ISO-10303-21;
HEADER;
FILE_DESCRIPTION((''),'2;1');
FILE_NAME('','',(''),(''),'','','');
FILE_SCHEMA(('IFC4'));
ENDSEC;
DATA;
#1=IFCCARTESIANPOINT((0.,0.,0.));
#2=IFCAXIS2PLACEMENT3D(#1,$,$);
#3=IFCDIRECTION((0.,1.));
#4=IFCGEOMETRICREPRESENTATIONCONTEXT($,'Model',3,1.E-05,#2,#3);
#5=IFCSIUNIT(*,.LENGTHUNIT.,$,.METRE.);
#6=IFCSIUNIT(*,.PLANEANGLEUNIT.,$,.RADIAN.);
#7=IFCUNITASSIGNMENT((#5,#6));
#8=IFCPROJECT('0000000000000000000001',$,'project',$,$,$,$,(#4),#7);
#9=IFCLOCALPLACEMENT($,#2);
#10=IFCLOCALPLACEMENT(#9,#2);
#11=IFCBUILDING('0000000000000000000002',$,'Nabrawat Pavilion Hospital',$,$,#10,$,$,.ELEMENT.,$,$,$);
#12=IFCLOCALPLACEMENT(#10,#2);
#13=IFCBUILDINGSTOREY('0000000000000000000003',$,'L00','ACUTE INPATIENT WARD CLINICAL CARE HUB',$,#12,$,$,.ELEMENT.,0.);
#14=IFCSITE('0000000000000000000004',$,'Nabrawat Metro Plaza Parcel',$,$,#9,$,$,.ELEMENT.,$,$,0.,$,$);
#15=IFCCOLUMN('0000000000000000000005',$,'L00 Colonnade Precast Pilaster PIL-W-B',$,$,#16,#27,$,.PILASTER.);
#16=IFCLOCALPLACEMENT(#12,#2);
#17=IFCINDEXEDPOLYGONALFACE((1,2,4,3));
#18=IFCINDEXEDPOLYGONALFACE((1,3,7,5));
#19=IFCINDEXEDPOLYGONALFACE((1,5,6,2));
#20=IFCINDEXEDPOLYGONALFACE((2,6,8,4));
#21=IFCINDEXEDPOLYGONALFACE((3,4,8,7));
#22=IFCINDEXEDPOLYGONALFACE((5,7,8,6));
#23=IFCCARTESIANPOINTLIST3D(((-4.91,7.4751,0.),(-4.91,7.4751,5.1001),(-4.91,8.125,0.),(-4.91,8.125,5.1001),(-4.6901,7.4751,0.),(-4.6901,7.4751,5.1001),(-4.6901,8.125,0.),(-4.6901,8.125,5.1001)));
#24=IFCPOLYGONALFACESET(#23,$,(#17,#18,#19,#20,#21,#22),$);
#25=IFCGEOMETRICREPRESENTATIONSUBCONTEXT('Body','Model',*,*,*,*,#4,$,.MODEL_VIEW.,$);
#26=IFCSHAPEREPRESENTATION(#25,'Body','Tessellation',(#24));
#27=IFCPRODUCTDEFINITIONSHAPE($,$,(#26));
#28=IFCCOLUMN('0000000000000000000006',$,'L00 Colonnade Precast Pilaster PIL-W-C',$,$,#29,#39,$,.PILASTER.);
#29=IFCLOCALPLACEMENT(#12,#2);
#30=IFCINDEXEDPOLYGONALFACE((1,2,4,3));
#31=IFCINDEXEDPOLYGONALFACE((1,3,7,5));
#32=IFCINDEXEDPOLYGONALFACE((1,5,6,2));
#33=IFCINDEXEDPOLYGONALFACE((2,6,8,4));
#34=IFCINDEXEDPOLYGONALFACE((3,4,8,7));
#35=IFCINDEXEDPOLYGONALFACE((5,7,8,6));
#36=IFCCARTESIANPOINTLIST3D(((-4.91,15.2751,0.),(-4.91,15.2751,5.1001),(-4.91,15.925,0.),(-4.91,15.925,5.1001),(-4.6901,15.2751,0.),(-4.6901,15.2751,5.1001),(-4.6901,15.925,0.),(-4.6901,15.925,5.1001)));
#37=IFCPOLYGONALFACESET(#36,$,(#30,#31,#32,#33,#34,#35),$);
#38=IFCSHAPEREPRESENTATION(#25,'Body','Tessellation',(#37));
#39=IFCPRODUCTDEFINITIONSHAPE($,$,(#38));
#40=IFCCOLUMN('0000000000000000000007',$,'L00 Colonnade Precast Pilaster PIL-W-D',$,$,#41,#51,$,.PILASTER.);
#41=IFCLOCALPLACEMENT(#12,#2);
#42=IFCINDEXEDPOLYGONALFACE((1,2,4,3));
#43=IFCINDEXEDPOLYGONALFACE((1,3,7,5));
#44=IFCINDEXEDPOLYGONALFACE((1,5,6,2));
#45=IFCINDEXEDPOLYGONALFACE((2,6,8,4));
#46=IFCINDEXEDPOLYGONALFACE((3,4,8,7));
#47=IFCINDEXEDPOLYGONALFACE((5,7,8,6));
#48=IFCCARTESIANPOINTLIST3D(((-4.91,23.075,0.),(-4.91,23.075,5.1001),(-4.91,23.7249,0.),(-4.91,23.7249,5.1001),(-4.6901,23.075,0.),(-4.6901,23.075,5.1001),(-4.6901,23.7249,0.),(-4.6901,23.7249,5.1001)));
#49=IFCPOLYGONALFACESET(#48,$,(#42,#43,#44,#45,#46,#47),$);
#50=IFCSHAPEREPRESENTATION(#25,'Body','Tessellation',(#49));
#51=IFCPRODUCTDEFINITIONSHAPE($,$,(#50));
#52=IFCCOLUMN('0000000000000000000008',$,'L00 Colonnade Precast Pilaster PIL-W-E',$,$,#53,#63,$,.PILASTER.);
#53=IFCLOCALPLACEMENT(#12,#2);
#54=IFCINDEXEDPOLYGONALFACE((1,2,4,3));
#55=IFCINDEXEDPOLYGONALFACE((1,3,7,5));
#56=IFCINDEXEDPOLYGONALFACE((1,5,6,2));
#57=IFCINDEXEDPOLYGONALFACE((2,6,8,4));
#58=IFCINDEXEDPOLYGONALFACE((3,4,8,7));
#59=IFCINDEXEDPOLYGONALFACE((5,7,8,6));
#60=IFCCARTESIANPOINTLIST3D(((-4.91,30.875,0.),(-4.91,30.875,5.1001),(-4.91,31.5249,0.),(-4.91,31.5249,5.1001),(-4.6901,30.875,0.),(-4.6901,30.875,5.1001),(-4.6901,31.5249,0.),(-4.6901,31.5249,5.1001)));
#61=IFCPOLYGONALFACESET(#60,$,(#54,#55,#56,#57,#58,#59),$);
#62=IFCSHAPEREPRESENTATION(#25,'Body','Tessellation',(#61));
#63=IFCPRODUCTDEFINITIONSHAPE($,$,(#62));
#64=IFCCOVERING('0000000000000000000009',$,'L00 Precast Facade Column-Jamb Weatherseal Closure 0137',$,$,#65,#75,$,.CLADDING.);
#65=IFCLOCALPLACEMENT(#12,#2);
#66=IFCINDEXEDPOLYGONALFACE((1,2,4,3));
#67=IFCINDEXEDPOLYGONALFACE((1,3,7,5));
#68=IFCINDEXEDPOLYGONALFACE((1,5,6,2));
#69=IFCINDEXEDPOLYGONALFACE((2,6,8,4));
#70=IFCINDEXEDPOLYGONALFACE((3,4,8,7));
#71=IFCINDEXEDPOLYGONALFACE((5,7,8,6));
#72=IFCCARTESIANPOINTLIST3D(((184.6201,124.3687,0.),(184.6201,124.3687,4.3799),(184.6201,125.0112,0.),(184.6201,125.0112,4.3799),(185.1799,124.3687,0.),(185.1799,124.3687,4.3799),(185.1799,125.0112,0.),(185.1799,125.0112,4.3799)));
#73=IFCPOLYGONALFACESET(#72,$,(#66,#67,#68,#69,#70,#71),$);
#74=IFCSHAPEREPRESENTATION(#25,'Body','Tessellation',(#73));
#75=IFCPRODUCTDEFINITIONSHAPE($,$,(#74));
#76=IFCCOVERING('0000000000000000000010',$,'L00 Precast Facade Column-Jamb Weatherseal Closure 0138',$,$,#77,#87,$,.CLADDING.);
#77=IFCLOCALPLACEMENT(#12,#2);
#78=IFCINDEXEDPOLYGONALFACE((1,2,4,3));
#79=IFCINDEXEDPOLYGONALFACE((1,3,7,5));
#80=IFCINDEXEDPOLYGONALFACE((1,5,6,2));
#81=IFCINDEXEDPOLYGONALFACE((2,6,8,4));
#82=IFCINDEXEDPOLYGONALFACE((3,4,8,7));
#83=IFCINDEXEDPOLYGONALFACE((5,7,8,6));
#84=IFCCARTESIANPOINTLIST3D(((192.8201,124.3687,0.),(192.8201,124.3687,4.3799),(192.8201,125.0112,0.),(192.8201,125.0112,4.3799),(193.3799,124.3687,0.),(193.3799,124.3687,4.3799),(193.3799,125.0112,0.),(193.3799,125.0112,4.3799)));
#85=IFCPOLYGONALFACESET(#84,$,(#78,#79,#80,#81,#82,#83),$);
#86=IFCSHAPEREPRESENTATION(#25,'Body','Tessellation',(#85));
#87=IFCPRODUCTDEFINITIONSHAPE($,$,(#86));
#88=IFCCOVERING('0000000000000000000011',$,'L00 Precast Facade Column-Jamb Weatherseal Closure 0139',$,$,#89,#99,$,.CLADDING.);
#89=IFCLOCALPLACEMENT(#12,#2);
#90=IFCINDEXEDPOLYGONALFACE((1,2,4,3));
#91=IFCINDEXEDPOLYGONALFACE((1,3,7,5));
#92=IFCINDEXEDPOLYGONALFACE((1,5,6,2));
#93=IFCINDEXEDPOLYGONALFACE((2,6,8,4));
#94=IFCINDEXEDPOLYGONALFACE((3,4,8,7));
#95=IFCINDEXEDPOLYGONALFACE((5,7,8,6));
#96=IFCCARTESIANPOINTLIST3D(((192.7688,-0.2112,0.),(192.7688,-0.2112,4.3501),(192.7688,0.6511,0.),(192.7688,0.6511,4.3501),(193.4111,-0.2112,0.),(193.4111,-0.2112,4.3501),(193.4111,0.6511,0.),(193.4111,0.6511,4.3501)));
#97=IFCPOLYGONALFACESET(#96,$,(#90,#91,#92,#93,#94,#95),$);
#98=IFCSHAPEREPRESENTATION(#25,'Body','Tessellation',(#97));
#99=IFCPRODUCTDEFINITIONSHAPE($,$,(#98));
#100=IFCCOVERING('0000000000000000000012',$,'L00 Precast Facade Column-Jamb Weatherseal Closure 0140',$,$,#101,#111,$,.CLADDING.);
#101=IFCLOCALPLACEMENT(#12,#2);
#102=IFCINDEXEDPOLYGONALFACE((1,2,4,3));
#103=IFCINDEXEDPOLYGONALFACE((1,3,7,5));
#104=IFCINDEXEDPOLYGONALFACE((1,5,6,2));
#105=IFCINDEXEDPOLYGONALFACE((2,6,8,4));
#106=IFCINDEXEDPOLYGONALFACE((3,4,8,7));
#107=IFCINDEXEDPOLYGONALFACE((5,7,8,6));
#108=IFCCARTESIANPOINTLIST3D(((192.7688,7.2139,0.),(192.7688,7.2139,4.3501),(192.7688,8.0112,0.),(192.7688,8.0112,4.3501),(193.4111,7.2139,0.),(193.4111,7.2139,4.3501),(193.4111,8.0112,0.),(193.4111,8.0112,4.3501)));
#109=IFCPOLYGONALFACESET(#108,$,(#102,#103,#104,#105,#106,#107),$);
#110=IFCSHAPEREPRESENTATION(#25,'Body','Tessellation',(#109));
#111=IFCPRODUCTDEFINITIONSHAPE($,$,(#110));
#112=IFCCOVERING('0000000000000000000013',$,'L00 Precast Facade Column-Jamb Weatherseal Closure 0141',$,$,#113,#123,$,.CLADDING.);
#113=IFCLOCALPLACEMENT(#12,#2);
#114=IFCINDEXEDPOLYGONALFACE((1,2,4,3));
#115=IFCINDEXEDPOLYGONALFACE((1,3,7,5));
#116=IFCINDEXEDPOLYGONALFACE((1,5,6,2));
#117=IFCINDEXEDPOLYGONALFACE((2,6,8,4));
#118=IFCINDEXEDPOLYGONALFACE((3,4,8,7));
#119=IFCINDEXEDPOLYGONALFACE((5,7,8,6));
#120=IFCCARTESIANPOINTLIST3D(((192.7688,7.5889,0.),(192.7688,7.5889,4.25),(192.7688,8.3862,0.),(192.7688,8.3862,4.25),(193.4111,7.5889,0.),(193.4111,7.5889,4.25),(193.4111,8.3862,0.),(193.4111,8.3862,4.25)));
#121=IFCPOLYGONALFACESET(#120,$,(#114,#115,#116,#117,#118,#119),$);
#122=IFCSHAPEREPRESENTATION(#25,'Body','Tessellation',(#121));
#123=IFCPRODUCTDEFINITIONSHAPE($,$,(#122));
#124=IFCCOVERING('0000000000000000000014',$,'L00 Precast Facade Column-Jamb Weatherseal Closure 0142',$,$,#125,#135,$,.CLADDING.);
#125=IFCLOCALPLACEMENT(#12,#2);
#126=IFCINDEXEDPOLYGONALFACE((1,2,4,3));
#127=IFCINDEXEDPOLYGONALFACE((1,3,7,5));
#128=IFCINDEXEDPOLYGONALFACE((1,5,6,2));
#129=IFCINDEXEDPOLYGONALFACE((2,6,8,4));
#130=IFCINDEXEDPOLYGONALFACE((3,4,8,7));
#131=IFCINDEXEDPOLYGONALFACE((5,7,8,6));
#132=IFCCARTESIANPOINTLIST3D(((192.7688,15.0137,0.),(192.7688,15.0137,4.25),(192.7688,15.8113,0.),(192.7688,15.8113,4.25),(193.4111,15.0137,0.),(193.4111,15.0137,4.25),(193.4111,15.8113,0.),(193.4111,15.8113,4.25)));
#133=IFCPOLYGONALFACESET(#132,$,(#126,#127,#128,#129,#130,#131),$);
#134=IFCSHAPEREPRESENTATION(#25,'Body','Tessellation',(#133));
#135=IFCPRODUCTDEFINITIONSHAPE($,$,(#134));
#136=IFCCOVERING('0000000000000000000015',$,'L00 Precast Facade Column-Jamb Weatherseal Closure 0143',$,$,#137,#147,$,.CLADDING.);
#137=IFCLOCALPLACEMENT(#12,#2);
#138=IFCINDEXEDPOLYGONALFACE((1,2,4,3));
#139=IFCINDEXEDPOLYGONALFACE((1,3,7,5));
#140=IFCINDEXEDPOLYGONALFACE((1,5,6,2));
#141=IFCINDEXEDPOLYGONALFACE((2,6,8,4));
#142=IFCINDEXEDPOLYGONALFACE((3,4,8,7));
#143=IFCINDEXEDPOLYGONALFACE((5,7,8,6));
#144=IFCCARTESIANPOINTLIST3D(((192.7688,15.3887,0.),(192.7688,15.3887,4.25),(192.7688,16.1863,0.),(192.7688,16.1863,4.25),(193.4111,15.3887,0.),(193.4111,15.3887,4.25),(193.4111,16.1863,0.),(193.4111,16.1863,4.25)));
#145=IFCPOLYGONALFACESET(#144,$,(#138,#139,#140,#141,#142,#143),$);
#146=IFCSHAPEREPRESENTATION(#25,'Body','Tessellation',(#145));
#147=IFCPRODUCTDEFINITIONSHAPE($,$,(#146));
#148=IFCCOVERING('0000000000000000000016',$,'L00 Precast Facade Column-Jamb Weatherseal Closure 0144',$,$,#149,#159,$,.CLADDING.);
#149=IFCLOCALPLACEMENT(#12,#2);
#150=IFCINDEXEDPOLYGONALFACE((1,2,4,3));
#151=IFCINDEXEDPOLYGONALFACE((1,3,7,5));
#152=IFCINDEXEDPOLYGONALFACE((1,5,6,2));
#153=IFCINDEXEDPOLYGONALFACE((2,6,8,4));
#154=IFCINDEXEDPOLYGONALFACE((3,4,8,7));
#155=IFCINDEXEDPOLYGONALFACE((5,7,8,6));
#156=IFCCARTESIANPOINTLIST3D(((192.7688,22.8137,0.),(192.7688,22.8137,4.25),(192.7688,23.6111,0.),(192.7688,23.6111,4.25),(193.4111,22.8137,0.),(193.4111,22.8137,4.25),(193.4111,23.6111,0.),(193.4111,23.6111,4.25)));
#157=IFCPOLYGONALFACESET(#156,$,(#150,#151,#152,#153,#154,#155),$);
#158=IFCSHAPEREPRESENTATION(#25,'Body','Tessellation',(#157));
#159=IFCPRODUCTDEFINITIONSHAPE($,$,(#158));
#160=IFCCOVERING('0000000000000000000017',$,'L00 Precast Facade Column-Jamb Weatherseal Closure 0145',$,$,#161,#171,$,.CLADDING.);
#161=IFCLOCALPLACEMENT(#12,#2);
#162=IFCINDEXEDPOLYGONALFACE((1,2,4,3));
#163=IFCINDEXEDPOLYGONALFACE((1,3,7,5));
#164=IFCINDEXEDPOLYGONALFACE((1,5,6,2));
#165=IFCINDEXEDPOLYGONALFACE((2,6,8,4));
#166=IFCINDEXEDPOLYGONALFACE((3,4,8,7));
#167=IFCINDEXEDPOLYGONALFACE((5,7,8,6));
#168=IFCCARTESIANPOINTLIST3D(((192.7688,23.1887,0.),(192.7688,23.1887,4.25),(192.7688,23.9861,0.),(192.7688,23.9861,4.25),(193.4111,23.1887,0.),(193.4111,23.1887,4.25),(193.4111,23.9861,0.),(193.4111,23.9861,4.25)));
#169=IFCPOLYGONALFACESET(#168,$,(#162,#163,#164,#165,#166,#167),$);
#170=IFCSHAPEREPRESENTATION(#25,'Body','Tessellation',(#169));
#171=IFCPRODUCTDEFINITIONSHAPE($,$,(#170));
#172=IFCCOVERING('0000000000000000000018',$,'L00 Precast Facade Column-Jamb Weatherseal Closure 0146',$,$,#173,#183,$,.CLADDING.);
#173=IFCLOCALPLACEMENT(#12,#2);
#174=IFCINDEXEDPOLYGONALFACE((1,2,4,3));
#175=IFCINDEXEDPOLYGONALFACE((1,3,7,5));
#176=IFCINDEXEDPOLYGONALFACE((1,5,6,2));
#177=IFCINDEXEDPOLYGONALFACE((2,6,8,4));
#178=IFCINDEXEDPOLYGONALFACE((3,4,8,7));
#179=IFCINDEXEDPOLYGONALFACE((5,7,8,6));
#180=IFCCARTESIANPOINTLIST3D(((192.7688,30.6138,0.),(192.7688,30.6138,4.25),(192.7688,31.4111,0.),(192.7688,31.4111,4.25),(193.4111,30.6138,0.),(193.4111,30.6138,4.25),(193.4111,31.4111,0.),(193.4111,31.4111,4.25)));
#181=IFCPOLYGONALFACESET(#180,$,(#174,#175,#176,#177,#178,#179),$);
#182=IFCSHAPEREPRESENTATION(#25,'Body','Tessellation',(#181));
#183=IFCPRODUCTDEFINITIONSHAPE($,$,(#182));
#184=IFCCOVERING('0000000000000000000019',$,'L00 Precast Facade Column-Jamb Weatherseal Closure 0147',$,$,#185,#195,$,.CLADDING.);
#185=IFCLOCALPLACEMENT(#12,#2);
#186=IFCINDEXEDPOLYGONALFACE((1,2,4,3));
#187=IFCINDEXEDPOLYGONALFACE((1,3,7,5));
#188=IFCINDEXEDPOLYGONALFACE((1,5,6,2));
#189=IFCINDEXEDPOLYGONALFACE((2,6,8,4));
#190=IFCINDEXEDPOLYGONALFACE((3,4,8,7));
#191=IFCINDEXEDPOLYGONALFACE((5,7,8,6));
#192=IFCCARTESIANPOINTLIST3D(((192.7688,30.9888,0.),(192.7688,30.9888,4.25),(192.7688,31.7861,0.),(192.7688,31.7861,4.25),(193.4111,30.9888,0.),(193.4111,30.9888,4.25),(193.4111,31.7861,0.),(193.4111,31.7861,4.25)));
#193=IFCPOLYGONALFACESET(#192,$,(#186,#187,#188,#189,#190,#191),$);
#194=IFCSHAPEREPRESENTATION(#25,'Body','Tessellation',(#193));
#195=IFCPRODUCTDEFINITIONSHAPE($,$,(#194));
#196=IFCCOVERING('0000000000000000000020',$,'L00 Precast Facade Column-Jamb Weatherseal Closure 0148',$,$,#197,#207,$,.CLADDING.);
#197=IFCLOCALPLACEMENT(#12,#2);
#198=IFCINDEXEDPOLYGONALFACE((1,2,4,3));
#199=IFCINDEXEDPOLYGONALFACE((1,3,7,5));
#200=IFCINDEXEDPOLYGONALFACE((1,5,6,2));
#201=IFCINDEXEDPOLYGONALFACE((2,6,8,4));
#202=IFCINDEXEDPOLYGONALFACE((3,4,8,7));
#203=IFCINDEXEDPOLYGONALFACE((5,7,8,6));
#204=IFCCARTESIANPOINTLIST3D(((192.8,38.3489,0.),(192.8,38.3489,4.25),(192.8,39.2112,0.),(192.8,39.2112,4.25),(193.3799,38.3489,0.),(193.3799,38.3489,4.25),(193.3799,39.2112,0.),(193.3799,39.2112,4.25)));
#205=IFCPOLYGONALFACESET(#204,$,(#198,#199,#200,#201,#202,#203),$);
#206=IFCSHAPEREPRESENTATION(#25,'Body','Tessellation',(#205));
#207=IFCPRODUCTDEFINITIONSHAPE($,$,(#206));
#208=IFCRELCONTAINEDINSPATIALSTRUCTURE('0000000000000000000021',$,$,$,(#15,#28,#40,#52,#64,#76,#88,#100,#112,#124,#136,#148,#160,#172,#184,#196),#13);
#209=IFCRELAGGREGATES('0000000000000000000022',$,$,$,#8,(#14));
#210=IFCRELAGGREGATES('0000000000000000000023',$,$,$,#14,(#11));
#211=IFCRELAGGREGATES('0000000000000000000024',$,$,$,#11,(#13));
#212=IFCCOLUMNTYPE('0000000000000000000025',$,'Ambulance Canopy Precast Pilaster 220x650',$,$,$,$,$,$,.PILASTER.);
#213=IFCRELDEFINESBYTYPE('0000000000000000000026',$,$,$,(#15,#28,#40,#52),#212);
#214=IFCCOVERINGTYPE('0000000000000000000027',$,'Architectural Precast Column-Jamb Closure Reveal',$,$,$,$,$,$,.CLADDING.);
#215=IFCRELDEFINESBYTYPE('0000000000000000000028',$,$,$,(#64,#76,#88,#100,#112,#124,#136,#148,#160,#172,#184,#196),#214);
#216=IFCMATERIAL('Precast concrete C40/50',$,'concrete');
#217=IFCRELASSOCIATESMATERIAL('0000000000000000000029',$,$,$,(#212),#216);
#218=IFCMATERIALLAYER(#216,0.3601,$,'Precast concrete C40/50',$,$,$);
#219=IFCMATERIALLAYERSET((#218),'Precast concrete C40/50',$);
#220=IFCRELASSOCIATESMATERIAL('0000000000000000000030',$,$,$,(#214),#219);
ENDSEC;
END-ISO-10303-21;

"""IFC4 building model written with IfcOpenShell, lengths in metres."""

from ifc_helpers import new_model, si_unit, direction, frame, origin, origin_2d, place, context, subcontext, project, spatial, polyline, rectangle, outline, extrude, material, layer, layer_set, material_profile, profile_set, type_object, element, save


model = new_model("IFC4")

# Units and contexts
model_context = context("Model", 3, precision=1e-05, world=origin(), true_north=direction((0.0, 1.0)))
body_context = subcontext(model_context, "Body", "Model", "MODEL_VIEW")
ifc_project = project(units=[si_unit("LENGTHUNIT", "METRE"), si_unit("PLANEANGLEUNIT", "RADIAN")], contexts=[model_context])

# Site, building, storey
site_placement = place(None, origin())
site = spatial("IfcSite", under=ifc_project, at=site_placement, Name="Nabrawat Metro Plaza Parcel", CompositionType="ELEMENT", RefElevation=0.0)
building_placement = place(site_placement, origin())
building = spatial("IfcBuilding", under=site, at=building_placement, Name="Nabrawat Pavilion Hospital", CompositionType="ELEMENT")
storey_placement = place(building_placement, origin())
storey = spatial("IfcBuildingStorey", under=building, at=storey_placement, Name="L00", Description="ACUTE INPATIENT WARD CLINICAL CARE HUB", CompositionType="ELEMENT", Elevation=0.0)

# Columns
ifc_material_1 = material(Name="Precast concrete C40/50", Category="concrete")
ifc_material_profile = material_profile(ifc_material_1, rectangle(XDim=0.22, YDim=0.6499, at=origin_2d()), Name="PC 220x650")
ifc_profile_set = profile_set([ifc_material_profile], Name="Precast concrete C40/50")
column_type = type_object("IfcColumnType", Name="Ambulance Canopy Precast Pilaster 220x650", PredefinedType="PILASTER", material=ifc_profile_set)
for number, where, z_axis, x_axis, name in (
    (1, (-4.8, 7.8, 0.0), (0.0, 0.0, 1.0), (1.0, 0.0, 0.0), "L00 Colonnade Precast Pilaster PIL-W-B"),
    (2, (-4.8, 15.6001, 0.0), (0.0, 0.0, 1.0), (1.0, 0.0, 0.0), "L00 Colonnade Precast Pilaster PIL-W-C"),
    (3, (-4.8, 23.3999, 0.0), (0.0, 0.0, 1.0), (1.0, 0.0, 0.0), "L00 Colonnade Precast Pilaster PIL-W-D"),
    (4, (-4.8, 31.2, 0.0), (0.0, 0.0, 1.0), (1.0, 0.0, 0.0), "L00 Colonnade Precast Pilaster PIL-W-E"),
):
    element("IfcColumn", number, at=place(storey_placement, frame(where, z_axis=z_axis, x_axis=x_axis)), inside=storey, type_object=column_type, Name=name, PredefinedType="PILASTER", context=body_context, shape_type="SweptSolid", body=[
        extrude(rectangle(XDim=0.22, YDim=0.6499, at=origin_2d()), origin(), (0.0, 0.0, 1.0), 5.1001),
    ])

# Coverings
ifc_layer_1 = layer(ifc_material_1, 0.3601, Name="Precast concrete C40/50")
ifc_layer_set_1 = layer_set([ifc_layer_1], Name="Precast concrete C40/50")
covering_type = type_object("IfcCoveringType", Name="Architectural Precast Column-Jamb Closure Reveal", PredefinedType="CLADDING", material=ifc_layer_set_1)
covering_1_placement = place(storey_placement, origin())
element("IfcCovering", 5, at=covering_1_placement, inside=storey, type_object=covering_type, Name="L00 Precast Facade Column-Jamb Weatherseal Closure 0137", PredefinedType="CLADDING", context=body_context, shape_type="SweptSolid", body=[
    extrude(outline(polyline([(185.1799, 124.3687), (185.1799, 125.0112), (184.6201, 125.0112), (184.6201, 124.3687), (185.1799, 124.3687)])), origin(), (0.0, 0.0, 1.0), 4.3799),
])
covering_2_placement = place(storey_placement, origin())
element("IfcCovering", 6, at=covering_2_placement, inside=storey, type_object=covering_type, Name="L00 Precast Facade Column-Jamb Weatherseal Closure 0138", PredefinedType="CLADDING", context=body_context, shape_type="SweptSolid", body=[
    extrude(outline(polyline([(193.3799, 124.3687), (193.3799, 125.0112), (192.8201, 125.0112), (192.8201, 124.3687), (193.3799, 124.3687)])), origin(), (0.0, 0.0, 1.0), 4.3799),
])
covering_3_placement = place(storey_placement, origin())
element("IfcCovering", 7, at=covering_3_placement, inside=storey, type_object=covering_type, Name="L00 Precast Facade Column-Jamb Weatherseal Closure 0139", PredefinedType="CLADDING", context=body_context, shape_type="SweptSolid", body=[
    extrude(outline(polyline([(193.4111, -0.2112), (193.4111, 0.6511), (192.7688, 0.6511), (192.7688, -0.2112), (193.4111, -0.2112)])), origin(), (0.0, 0.0, 1.0), 4.3501),
])
covering_4_placement = place(storey_placement, origin())
element("IfcCovering", 8, at=covering_4_placement, inside=storey, type_object=covering_type, Name="L00 Precast Facade Column-Jamb Weatherseal Closure 0140", PredefinedType="CLADDING", context=body_context, shape_type="SweptSolid", body=[
    extrude(outline(polyline([(193.4111, 7.2139), (193.4111, 8.0112), (192.7688, 8.0112), (192.7688, 7.2139), (193.4111, 7.2139)])), origin(), (0.0, 0.0, 1.0), 4.3501),
])
covering_5_placement = place(storey_placement, origin())
element("IfcCovering", 9, at=covering_5_placement, inside=storey, type_object=covering_type, Name="L00 Precast Facade Column-Jamb Weatherseal Closure 0141", PredefinedType="CLADDING", context=body_context, shape_type="SweptSolid", body=[
    extrude(outline(polyline([(193.4111, 7.5889), (193.4111, 8.3862), (192.7688, 8.3862), (192.7688, 7.5889), (193.4111, 7.5889)])), origin(), (0.0, 0.0, 1.0), 4.25),
])
covering_6_placement = place(storey_placement, origin())
element("IfcCovering", 10, at=covering_6_placement, inside=storey, type_object=covering_type, Name="L00 Precast Facade Column-Jamb Weatherseal Closure 0142", PredefinedType="CLADDING", context=body_context, shape_type="SweptSolid", body=[
    extrude(outline(polyline([(193.4111, 15.0137), (193.4111, 15.8113), (192.7688, 15.8113), (192.7688, 15.0137), (193.4111, 15.0137)])), origin(), (0.0, 0.0, 1.0), 4.25),
])
covering_7_placement = place(storey_placement, origin())
element("IfcCovering", 11, at=covering_7_placement, inside=storey, type_object=covering_type, Name="L00 Precast Facade Column-Jamb Weatherseal Closure 0143", PredefinedType="CLADDING", context=body_context, shape_type="SweptSolid", body=[
    extrude(outline(polyline([(193.4111, 15.3887), (193.4111, 16.1863), (192.7688, 16.1863), (192.7688, 15.3887), (193.4111, 15.3887)])), origin(), (0.0, 0.0, 1.0), 4.25),
])
covering_8_placement = place(storey_placement, origin())
element("IfcCovering", 12, at=covering_8_placement, inside=storey, type_object=covering_type, Name="L00 Precast Facade Column-Jamb Weatherseal Closure 0144", PredefinedType="CLADDING", context=body_context, shape_type="SweptSolid", body=[
    extrude(outline(polyline([(193.4111, 22.8137), (193.4111, 23.6111), (192.7688, 23.6111), (192.7688, 22.8137), (193.4111, 22.8137)])), origin(), (0.0, 0.0, 1.0), 4.25),
])
covering_9_placement = place(storey_placement, origin())
element("IfcCovering", 13, at=covering_9_placement, inside=storey, type_object=covering_type, Name="L00 Precast Facade Column-Jamb Weatherseal Closure 0145", PredefinedType="CLADDING", context=body_context, shape_type="SweptSolid", body=[
    extrude(outline(polyline([(193.4111, 23.1887), (193.4111, 23.9861), (192.7688, 23.9861), (192.7688, 23.1887), (193.4111, 23.1887)])), origin(), (0.0, 0.0, 1.0), 4.25),
])
covering_10_placement = place(storey_placement, origin())
element("IfcCovering", 14, at=covering_10_placement, inside=storey, type_object=covering_type, Name="L00 Precast Facade Column-Jamb Weatherseal Closure 0146", PredefinedType="CLADDING", context=body_context, shape_type="SweptSolid", body=[
    extrude(outline(polyline([(193.4111, 30.6138), (193.4111, 31.4111), (192.7688, 31.4111), (192.7688, 30.6138), (193.4111, 30.6138)])), origin(), (0.0, 0.0, 1.0), 4.25),
])
covering_11_placement = place(storey_placement, origin())
element("IfcCovering", 15, at=covering_11_placement, inside=storey, type_object=covering_type, Name="L00 Precast Facade Column-Jamb Weatherseal Closure 0147", PredefinedType="CLADDING", context=body_context, shape_type="SweptSolid", body=[
    extrude(outline(polyline([(193.4111, 30.9888), (193.4111, 31.7861), (192.7688, 31.7861), (192.7688, 30.9888), (193.4111, 30.9888)])), origin(), (0.0, 0.0, 1.0), 4.25),
])
covering_12_placement = place(storey_placement, origin())
element("IfcCovering", 16, at=covering_12_placement, inside=storey, type_object=covering_type, Name="L00 Precast Facade Column-Jamb Weatherseal Closure 0148", PredefinedType="CLADDING", context=body_context, shape_type="SweptSolid", body=[
    extrude(outline(polyline([(193.3799, 38.3489), (193.3799, 39.2112), (192.8, 39.2112), (192.8, 38.3489), (193.3799, 38.3489)])), origin(), (0.0, 0.0, 1.0), 4.25),
])

save(model, "model.ifc")
